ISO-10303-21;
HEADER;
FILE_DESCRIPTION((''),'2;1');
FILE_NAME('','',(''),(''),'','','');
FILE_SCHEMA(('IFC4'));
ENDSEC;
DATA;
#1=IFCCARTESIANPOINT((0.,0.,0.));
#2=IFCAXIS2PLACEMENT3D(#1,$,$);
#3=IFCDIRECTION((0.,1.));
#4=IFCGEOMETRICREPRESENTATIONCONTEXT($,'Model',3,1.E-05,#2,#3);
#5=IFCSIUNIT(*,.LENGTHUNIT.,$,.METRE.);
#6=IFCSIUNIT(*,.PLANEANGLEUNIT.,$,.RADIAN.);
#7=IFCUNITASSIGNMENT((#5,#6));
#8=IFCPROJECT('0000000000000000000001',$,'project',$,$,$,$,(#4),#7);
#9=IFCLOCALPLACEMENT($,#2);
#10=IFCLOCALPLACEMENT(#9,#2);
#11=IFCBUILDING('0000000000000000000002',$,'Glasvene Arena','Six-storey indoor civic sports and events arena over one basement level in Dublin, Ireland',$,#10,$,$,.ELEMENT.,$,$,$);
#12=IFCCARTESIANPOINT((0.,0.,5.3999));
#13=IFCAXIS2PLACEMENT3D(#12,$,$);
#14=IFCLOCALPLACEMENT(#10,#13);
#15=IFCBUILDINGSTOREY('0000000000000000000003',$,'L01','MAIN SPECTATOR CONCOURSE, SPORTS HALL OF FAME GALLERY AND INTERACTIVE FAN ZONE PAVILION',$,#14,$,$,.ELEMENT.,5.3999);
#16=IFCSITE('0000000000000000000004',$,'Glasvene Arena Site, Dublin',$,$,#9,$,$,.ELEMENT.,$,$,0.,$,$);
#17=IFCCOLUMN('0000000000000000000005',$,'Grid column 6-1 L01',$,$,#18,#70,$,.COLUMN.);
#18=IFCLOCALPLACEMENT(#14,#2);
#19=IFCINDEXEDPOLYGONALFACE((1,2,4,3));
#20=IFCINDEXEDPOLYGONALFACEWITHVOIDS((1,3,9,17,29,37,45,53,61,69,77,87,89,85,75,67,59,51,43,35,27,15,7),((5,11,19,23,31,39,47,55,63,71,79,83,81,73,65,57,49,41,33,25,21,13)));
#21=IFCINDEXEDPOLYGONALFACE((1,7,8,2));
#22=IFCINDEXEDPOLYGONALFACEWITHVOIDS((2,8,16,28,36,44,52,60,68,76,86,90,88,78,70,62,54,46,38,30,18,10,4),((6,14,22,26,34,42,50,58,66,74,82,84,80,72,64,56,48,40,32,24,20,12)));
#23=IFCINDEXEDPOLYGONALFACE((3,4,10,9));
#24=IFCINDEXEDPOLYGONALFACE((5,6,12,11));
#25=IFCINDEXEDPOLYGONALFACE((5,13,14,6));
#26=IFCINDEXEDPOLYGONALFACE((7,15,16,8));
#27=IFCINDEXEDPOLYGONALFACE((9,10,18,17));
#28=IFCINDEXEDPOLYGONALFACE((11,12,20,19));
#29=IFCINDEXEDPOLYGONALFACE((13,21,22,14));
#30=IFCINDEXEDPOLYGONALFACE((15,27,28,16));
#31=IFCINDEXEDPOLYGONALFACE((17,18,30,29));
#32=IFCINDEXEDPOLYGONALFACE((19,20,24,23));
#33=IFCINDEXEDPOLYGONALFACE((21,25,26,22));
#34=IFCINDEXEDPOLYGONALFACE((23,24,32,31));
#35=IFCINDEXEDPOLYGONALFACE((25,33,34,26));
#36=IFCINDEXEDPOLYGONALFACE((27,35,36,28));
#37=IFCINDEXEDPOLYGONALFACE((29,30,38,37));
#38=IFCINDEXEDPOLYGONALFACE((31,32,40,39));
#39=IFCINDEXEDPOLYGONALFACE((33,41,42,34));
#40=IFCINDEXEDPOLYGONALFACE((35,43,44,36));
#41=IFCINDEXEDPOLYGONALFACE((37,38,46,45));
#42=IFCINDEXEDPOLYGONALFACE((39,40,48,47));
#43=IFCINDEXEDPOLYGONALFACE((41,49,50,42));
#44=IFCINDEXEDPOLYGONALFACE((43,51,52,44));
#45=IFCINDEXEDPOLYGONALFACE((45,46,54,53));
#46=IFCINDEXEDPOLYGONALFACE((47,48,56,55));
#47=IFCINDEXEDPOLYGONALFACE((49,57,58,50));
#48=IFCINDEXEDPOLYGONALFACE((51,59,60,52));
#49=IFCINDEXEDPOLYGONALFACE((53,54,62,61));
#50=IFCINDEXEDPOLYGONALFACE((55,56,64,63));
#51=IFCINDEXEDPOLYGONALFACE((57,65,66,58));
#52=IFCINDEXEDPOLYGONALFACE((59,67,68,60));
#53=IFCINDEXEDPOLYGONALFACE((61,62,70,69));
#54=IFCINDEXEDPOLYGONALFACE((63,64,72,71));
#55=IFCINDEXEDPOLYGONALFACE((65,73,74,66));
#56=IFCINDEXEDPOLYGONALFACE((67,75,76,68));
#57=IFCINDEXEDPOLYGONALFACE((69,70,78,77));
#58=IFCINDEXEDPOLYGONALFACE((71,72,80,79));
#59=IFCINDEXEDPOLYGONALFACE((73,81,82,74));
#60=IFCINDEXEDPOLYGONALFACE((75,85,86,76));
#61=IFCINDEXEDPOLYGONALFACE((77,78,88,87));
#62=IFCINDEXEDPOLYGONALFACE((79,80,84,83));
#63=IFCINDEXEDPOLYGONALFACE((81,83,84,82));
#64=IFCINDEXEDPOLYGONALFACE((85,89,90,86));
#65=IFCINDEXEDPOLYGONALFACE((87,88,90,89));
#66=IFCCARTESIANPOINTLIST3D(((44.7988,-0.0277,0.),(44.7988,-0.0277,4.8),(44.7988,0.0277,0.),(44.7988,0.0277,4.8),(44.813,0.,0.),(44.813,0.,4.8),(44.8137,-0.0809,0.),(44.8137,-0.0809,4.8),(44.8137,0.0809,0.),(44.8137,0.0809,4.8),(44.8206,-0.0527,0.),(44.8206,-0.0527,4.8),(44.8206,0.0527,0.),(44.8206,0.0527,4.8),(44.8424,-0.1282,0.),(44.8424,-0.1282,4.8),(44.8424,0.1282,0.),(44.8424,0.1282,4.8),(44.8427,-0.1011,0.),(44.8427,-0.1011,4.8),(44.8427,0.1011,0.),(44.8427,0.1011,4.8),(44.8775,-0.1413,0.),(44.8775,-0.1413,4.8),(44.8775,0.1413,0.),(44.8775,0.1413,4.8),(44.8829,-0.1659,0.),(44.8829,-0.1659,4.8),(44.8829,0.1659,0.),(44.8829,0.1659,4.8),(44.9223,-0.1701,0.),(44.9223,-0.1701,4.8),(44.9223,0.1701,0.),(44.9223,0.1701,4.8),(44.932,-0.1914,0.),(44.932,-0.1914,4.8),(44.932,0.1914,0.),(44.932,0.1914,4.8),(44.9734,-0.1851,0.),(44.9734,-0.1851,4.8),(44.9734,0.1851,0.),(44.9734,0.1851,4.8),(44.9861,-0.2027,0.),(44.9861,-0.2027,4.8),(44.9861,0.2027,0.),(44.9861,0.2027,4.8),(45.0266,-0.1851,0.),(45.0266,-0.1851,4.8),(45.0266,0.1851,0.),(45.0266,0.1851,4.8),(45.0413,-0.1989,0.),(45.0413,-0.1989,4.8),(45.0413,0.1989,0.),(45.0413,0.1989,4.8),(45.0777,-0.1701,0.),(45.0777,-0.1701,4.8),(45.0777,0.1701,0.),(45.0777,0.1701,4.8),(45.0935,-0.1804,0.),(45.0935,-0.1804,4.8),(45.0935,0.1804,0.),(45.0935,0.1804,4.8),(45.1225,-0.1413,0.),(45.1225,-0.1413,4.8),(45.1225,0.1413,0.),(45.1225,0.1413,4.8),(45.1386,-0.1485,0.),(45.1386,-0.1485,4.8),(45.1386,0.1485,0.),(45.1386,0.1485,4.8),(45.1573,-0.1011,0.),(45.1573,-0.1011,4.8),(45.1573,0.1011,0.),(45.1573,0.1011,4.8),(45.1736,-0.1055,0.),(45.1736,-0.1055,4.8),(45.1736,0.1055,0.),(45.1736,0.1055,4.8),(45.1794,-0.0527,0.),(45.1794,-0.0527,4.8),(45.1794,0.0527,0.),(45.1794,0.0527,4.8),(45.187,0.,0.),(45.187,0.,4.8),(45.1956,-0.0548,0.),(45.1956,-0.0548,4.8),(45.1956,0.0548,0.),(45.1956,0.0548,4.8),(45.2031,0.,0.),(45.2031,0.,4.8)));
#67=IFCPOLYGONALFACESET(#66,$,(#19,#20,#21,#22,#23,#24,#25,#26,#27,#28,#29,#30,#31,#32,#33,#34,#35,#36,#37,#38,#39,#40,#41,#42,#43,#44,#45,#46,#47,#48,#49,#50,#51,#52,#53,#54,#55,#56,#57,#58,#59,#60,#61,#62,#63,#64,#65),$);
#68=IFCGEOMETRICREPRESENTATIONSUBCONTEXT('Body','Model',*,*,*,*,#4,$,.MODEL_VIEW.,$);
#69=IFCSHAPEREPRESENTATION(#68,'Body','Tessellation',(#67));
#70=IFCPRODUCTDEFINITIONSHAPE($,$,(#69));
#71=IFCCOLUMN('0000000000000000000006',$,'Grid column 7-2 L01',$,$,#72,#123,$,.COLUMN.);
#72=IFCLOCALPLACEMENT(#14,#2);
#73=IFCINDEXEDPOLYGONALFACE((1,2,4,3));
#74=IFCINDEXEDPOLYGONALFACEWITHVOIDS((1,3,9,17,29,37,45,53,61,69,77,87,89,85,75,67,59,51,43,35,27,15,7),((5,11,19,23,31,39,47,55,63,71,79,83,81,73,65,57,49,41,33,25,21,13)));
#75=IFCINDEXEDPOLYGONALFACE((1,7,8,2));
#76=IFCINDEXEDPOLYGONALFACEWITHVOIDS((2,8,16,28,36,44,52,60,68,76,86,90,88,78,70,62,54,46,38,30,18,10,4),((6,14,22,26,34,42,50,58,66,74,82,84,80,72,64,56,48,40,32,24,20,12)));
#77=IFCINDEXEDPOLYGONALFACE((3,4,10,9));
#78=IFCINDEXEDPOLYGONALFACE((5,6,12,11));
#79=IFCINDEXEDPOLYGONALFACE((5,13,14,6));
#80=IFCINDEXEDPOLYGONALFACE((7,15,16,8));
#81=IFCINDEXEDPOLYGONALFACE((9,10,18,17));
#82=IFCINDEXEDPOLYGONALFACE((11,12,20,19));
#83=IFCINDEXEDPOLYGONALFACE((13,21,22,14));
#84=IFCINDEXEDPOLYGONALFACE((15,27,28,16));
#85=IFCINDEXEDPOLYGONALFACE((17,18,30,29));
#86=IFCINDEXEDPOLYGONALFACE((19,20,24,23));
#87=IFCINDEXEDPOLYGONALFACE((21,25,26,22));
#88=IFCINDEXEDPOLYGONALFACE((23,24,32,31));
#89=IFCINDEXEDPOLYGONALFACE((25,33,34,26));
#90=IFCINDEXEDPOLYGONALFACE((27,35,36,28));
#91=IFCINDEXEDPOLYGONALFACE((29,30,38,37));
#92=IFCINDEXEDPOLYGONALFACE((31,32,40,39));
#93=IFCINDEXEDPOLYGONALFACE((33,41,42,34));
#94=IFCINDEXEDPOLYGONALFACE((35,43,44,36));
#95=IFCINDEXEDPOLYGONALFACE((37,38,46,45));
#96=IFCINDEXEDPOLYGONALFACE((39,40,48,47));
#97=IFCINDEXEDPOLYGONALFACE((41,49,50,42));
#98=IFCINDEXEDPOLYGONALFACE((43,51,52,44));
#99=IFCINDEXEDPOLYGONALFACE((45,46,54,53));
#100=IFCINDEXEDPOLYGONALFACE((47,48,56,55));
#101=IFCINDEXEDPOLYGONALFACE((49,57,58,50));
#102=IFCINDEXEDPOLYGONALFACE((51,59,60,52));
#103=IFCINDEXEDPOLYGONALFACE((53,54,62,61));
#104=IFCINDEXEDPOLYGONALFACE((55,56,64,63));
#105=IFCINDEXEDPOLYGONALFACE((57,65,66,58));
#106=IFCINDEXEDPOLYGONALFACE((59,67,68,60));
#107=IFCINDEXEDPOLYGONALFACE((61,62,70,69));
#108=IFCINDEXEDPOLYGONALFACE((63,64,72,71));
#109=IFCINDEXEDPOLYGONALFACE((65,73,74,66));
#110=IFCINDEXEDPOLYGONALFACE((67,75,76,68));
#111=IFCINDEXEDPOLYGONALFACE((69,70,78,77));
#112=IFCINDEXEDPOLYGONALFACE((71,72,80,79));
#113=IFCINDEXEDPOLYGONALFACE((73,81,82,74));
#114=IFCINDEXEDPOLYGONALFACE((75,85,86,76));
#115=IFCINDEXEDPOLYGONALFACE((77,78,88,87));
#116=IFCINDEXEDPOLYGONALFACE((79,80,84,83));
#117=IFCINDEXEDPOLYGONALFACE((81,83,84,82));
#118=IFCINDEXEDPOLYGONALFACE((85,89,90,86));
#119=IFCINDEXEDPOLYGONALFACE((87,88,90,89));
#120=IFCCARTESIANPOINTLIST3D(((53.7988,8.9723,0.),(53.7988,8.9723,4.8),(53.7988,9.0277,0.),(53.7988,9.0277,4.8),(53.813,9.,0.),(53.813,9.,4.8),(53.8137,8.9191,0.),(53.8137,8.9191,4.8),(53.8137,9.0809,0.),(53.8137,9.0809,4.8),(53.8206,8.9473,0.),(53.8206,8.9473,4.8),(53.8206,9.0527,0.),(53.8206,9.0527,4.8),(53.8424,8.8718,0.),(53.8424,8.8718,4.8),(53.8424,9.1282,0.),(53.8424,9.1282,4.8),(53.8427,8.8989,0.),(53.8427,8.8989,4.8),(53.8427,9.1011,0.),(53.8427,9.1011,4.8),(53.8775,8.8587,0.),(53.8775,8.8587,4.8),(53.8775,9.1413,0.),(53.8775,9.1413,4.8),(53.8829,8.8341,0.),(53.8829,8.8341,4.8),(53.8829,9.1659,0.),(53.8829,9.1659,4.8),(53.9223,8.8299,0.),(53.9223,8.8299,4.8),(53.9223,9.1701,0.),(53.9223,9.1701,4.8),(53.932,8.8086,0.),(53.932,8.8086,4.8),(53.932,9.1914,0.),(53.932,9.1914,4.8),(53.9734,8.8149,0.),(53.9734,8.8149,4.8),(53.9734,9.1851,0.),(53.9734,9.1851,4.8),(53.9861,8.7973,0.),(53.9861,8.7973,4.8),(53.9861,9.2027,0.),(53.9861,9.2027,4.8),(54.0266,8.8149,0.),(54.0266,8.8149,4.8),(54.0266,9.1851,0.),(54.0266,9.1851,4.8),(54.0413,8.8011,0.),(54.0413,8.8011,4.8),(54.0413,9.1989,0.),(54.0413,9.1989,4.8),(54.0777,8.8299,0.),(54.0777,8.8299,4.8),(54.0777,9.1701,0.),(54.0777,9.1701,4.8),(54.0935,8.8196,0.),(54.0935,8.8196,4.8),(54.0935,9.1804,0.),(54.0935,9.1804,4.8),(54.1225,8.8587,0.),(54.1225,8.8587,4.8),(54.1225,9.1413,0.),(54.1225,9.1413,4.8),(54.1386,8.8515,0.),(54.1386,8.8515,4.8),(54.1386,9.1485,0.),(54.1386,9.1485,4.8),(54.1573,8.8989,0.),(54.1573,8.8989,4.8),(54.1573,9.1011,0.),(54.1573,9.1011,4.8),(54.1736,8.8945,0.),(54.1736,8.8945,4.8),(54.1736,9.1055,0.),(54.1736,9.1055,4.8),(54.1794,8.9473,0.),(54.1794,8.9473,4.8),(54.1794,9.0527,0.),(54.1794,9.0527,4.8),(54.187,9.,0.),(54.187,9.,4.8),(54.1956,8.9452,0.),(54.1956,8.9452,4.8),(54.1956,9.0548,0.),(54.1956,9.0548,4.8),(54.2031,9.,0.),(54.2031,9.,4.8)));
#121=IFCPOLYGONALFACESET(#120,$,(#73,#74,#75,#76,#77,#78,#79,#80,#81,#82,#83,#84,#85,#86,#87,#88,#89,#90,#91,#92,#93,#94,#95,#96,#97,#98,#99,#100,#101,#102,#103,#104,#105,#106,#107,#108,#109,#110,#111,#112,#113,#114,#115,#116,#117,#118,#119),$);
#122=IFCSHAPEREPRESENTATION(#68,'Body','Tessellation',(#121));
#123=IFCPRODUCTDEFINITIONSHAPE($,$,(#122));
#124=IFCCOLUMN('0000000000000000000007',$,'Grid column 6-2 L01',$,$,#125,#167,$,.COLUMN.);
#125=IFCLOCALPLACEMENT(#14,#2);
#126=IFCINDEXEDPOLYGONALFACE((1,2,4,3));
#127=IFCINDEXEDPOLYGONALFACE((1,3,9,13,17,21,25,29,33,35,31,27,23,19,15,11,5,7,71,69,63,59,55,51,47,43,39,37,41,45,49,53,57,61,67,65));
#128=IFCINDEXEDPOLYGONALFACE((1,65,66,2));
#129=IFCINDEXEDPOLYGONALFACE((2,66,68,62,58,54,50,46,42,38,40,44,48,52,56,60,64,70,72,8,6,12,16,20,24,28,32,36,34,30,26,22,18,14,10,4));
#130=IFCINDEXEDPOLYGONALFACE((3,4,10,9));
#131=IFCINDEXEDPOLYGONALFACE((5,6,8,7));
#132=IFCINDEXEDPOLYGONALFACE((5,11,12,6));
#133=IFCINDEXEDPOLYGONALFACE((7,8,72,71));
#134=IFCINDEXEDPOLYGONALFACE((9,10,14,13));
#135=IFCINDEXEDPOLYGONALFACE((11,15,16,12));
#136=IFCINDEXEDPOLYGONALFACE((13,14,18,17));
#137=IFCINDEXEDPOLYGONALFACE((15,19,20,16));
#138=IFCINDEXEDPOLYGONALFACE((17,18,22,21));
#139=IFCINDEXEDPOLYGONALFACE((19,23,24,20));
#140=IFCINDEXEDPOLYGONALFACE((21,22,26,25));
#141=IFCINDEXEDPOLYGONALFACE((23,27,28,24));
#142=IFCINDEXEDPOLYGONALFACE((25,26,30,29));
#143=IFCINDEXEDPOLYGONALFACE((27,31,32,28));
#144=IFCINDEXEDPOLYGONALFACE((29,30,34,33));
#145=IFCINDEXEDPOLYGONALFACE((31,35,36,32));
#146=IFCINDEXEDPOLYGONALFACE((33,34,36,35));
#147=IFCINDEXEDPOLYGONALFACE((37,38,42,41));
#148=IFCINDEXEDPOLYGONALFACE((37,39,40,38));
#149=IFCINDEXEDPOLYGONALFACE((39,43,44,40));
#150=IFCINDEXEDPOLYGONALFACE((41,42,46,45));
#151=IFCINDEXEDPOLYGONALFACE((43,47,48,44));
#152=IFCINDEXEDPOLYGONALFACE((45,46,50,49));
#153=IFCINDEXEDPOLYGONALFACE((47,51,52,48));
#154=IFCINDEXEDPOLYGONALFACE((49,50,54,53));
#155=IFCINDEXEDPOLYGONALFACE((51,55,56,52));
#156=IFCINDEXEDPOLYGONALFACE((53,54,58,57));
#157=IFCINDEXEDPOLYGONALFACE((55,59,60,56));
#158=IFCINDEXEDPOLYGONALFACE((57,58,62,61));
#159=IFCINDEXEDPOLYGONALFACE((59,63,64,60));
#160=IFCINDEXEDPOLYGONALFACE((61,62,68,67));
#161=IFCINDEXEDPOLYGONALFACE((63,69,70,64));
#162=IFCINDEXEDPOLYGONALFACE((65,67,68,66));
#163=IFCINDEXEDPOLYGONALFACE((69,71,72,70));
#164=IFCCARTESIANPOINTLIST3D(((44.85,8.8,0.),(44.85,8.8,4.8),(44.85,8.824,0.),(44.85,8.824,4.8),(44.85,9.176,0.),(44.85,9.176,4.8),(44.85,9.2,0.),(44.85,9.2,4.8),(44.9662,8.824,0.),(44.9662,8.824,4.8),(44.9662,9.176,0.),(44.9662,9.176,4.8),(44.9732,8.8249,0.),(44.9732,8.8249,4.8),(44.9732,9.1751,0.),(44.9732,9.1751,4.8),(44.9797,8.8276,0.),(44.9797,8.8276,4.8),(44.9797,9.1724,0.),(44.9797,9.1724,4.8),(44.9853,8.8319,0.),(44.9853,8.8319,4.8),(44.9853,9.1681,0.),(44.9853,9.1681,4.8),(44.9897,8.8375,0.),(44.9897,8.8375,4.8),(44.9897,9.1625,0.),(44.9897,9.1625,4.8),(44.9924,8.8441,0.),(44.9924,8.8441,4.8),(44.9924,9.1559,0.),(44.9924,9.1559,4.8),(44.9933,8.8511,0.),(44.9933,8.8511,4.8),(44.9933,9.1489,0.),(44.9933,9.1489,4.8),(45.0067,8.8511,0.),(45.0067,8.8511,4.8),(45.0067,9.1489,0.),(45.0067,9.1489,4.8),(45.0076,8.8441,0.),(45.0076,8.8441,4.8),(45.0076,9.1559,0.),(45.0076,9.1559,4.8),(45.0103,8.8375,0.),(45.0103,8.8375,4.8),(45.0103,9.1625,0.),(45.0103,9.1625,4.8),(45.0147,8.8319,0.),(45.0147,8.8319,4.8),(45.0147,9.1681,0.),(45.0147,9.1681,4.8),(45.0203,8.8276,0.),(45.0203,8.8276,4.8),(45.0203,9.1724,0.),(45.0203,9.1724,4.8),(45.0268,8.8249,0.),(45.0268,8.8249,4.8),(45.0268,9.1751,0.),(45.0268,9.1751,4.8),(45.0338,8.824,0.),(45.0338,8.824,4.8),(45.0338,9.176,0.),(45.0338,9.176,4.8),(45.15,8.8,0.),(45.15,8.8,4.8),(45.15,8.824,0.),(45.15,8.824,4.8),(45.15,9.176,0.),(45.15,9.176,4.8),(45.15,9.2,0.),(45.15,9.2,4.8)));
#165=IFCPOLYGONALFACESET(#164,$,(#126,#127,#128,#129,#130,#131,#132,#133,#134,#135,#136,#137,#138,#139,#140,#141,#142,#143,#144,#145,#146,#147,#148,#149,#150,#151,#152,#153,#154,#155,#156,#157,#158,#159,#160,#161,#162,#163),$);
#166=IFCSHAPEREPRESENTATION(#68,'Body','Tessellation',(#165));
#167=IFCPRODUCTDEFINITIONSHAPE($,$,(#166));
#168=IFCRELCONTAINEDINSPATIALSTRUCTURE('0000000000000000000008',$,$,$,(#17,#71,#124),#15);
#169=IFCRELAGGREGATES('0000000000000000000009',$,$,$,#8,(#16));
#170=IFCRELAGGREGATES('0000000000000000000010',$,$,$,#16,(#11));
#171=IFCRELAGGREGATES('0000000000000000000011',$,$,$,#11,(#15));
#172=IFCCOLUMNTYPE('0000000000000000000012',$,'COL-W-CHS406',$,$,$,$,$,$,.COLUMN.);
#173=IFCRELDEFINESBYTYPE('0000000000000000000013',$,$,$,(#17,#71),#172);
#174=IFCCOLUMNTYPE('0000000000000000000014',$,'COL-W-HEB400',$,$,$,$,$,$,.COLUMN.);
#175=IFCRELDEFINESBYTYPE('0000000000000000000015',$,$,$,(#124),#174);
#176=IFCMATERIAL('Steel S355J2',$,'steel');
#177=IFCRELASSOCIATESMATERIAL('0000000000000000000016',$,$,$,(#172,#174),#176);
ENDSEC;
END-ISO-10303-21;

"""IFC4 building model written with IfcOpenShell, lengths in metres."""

from ifc_helpers import new_model, si_unit, direction, frame, origin, origin_2d, place, context, subcontext, project, spatial, hollow_circle, i_section, extrude, material, material_profile, profile_set, type_object, element, save


model = new_model("IFC4")

# Units and contexts
model_context = context("Model", 3, precision=1e-05, world=origin(), true_north=direction((0.0, 1.0)))
body_context = subcontext(model_context, "Body", "Model", "MODEL_VIEW")
ifc_project = project(units=[si_unit("LENGTHUNIT", "METRE"), si_unit("PLANEANGLEUNIT", "RADIAN")], contexts=[model_context])

# Site, building, storey
site_placement = place(None, origin())
site = spatial("IfcSite", under=ifc_project, at=site_placement, Name="Glasvene Arena Site, Dublin", CompositionType="ELEMENT", RefElevation=0.0)
building_placement = place(site_placement, origin())
building = spatial("IfcBuilding", under=site, at=building_placement, Name="Glasvene Arena", Description="Six-storey indoor civic sports and events arena over one basement level in Dublin, Ireland", CompositionType="ELEMENT")
storey_placement = place(building_placement, frame((0.0, 0.0, 5.3999)))
storey = spatial("IfcBuildingStorey", under=building, at=storey_placement, Name="L01", Description="MAIN SPECTATOR CONCOURSE, SPORTS HALL OF FAME GALLERY AND INTERACTIVE FAN ZONE PAVILION", CompositionType="ELEMENT", Elevation=5.3999)

# Columns
ifc_material_1 = material(Name="Steel S355J2", Category="steel")
ifc_material_profile_1 = material_profile(ifc_material_1, hollow_circle(Radius=0.2031, WallThickness=0.0161, at=origin_2d()), Name="CHS 406.4x16.0")
ifc_profile_set_1 = profile_set([ifc_material_profile_1], Name="Steel S355J2")
column_type_1 = type_object("IfcColumnType", Name="COL-W-CHS406", PredefinedType="COLUMN", material=ifc_profile_set_1)
for number, where, z_axis, x_axis, name in (
    (1, (45.0, 0.0, 0.0), (0.0, 0.0, 1.0), (1.0, 0.0, 0.0), "Grid column 6-1 L01"),
    (2, (54.0, 9.0, 0.0), (0.0, 0.0, 1.0), (1.0, 0.0, 0.0), "Grid column 7-2 L01"),
):
    element("IfcColumn", number, at=place(storey_placement, frame(where, z_axis=z_axis, x_axis=x_axis)), inside=storey, type_object=column_type_1, Name=name, PredefinedType="COLUMN", context=body_context, shape_type="SweptSolid", body=[
        extrude(hollow_circle(Radius=0.2031, WallThickness=0.0161, at=origin_2d()), origin(), (0.0, 0.0, 1.0), 4.8),
    ])
ifc_material_profile_2 = material_profile(ifc_material_1, i_section(OverallWidth=0.3, OverallDepth=0.3999, WebThickness=0.0134, FlangeThickness=0.0239, FilletRadius=0.0271, at=origin_2d()), Name="HEB 400")
ifc_profile_set_2 = profile_set([ifc_material_profile_2], Name="Steel S355J2")
column_type_2 = type_object("IfcColumnType", Name="COL-W-HEB400", PredefinedType="COLUMN", material=ifc_profile_set_2)
for number, where, z_axis, x_axis, name in (
    (3, (45.0, 9.0, 0.0), (0.0, 0.0, 1.0), (1.0, 0.0, 0.0), "Grid column 6-2 L01"),
):
    element("IfcColumn", number, at=place(storey_placement, frame(where, z_axis=z_axis, x_axis=x_axis)), inside=storey, type_object=column_type_2, Name=name, PredefinedType="COLUMN", context=body_context, shape_type="SweptSolid", body=[
        extrude(i_section(OverallWidth=0.3, OverallDepth=0.3999, WebThickness=0.0134, FlangeThickness=0.0239, FilletRadius=0.0271, at=origin_2d()), origin(), (0.0, 0.0, 1.0), 4.8),
    ])

save(model, "model.ifc")
